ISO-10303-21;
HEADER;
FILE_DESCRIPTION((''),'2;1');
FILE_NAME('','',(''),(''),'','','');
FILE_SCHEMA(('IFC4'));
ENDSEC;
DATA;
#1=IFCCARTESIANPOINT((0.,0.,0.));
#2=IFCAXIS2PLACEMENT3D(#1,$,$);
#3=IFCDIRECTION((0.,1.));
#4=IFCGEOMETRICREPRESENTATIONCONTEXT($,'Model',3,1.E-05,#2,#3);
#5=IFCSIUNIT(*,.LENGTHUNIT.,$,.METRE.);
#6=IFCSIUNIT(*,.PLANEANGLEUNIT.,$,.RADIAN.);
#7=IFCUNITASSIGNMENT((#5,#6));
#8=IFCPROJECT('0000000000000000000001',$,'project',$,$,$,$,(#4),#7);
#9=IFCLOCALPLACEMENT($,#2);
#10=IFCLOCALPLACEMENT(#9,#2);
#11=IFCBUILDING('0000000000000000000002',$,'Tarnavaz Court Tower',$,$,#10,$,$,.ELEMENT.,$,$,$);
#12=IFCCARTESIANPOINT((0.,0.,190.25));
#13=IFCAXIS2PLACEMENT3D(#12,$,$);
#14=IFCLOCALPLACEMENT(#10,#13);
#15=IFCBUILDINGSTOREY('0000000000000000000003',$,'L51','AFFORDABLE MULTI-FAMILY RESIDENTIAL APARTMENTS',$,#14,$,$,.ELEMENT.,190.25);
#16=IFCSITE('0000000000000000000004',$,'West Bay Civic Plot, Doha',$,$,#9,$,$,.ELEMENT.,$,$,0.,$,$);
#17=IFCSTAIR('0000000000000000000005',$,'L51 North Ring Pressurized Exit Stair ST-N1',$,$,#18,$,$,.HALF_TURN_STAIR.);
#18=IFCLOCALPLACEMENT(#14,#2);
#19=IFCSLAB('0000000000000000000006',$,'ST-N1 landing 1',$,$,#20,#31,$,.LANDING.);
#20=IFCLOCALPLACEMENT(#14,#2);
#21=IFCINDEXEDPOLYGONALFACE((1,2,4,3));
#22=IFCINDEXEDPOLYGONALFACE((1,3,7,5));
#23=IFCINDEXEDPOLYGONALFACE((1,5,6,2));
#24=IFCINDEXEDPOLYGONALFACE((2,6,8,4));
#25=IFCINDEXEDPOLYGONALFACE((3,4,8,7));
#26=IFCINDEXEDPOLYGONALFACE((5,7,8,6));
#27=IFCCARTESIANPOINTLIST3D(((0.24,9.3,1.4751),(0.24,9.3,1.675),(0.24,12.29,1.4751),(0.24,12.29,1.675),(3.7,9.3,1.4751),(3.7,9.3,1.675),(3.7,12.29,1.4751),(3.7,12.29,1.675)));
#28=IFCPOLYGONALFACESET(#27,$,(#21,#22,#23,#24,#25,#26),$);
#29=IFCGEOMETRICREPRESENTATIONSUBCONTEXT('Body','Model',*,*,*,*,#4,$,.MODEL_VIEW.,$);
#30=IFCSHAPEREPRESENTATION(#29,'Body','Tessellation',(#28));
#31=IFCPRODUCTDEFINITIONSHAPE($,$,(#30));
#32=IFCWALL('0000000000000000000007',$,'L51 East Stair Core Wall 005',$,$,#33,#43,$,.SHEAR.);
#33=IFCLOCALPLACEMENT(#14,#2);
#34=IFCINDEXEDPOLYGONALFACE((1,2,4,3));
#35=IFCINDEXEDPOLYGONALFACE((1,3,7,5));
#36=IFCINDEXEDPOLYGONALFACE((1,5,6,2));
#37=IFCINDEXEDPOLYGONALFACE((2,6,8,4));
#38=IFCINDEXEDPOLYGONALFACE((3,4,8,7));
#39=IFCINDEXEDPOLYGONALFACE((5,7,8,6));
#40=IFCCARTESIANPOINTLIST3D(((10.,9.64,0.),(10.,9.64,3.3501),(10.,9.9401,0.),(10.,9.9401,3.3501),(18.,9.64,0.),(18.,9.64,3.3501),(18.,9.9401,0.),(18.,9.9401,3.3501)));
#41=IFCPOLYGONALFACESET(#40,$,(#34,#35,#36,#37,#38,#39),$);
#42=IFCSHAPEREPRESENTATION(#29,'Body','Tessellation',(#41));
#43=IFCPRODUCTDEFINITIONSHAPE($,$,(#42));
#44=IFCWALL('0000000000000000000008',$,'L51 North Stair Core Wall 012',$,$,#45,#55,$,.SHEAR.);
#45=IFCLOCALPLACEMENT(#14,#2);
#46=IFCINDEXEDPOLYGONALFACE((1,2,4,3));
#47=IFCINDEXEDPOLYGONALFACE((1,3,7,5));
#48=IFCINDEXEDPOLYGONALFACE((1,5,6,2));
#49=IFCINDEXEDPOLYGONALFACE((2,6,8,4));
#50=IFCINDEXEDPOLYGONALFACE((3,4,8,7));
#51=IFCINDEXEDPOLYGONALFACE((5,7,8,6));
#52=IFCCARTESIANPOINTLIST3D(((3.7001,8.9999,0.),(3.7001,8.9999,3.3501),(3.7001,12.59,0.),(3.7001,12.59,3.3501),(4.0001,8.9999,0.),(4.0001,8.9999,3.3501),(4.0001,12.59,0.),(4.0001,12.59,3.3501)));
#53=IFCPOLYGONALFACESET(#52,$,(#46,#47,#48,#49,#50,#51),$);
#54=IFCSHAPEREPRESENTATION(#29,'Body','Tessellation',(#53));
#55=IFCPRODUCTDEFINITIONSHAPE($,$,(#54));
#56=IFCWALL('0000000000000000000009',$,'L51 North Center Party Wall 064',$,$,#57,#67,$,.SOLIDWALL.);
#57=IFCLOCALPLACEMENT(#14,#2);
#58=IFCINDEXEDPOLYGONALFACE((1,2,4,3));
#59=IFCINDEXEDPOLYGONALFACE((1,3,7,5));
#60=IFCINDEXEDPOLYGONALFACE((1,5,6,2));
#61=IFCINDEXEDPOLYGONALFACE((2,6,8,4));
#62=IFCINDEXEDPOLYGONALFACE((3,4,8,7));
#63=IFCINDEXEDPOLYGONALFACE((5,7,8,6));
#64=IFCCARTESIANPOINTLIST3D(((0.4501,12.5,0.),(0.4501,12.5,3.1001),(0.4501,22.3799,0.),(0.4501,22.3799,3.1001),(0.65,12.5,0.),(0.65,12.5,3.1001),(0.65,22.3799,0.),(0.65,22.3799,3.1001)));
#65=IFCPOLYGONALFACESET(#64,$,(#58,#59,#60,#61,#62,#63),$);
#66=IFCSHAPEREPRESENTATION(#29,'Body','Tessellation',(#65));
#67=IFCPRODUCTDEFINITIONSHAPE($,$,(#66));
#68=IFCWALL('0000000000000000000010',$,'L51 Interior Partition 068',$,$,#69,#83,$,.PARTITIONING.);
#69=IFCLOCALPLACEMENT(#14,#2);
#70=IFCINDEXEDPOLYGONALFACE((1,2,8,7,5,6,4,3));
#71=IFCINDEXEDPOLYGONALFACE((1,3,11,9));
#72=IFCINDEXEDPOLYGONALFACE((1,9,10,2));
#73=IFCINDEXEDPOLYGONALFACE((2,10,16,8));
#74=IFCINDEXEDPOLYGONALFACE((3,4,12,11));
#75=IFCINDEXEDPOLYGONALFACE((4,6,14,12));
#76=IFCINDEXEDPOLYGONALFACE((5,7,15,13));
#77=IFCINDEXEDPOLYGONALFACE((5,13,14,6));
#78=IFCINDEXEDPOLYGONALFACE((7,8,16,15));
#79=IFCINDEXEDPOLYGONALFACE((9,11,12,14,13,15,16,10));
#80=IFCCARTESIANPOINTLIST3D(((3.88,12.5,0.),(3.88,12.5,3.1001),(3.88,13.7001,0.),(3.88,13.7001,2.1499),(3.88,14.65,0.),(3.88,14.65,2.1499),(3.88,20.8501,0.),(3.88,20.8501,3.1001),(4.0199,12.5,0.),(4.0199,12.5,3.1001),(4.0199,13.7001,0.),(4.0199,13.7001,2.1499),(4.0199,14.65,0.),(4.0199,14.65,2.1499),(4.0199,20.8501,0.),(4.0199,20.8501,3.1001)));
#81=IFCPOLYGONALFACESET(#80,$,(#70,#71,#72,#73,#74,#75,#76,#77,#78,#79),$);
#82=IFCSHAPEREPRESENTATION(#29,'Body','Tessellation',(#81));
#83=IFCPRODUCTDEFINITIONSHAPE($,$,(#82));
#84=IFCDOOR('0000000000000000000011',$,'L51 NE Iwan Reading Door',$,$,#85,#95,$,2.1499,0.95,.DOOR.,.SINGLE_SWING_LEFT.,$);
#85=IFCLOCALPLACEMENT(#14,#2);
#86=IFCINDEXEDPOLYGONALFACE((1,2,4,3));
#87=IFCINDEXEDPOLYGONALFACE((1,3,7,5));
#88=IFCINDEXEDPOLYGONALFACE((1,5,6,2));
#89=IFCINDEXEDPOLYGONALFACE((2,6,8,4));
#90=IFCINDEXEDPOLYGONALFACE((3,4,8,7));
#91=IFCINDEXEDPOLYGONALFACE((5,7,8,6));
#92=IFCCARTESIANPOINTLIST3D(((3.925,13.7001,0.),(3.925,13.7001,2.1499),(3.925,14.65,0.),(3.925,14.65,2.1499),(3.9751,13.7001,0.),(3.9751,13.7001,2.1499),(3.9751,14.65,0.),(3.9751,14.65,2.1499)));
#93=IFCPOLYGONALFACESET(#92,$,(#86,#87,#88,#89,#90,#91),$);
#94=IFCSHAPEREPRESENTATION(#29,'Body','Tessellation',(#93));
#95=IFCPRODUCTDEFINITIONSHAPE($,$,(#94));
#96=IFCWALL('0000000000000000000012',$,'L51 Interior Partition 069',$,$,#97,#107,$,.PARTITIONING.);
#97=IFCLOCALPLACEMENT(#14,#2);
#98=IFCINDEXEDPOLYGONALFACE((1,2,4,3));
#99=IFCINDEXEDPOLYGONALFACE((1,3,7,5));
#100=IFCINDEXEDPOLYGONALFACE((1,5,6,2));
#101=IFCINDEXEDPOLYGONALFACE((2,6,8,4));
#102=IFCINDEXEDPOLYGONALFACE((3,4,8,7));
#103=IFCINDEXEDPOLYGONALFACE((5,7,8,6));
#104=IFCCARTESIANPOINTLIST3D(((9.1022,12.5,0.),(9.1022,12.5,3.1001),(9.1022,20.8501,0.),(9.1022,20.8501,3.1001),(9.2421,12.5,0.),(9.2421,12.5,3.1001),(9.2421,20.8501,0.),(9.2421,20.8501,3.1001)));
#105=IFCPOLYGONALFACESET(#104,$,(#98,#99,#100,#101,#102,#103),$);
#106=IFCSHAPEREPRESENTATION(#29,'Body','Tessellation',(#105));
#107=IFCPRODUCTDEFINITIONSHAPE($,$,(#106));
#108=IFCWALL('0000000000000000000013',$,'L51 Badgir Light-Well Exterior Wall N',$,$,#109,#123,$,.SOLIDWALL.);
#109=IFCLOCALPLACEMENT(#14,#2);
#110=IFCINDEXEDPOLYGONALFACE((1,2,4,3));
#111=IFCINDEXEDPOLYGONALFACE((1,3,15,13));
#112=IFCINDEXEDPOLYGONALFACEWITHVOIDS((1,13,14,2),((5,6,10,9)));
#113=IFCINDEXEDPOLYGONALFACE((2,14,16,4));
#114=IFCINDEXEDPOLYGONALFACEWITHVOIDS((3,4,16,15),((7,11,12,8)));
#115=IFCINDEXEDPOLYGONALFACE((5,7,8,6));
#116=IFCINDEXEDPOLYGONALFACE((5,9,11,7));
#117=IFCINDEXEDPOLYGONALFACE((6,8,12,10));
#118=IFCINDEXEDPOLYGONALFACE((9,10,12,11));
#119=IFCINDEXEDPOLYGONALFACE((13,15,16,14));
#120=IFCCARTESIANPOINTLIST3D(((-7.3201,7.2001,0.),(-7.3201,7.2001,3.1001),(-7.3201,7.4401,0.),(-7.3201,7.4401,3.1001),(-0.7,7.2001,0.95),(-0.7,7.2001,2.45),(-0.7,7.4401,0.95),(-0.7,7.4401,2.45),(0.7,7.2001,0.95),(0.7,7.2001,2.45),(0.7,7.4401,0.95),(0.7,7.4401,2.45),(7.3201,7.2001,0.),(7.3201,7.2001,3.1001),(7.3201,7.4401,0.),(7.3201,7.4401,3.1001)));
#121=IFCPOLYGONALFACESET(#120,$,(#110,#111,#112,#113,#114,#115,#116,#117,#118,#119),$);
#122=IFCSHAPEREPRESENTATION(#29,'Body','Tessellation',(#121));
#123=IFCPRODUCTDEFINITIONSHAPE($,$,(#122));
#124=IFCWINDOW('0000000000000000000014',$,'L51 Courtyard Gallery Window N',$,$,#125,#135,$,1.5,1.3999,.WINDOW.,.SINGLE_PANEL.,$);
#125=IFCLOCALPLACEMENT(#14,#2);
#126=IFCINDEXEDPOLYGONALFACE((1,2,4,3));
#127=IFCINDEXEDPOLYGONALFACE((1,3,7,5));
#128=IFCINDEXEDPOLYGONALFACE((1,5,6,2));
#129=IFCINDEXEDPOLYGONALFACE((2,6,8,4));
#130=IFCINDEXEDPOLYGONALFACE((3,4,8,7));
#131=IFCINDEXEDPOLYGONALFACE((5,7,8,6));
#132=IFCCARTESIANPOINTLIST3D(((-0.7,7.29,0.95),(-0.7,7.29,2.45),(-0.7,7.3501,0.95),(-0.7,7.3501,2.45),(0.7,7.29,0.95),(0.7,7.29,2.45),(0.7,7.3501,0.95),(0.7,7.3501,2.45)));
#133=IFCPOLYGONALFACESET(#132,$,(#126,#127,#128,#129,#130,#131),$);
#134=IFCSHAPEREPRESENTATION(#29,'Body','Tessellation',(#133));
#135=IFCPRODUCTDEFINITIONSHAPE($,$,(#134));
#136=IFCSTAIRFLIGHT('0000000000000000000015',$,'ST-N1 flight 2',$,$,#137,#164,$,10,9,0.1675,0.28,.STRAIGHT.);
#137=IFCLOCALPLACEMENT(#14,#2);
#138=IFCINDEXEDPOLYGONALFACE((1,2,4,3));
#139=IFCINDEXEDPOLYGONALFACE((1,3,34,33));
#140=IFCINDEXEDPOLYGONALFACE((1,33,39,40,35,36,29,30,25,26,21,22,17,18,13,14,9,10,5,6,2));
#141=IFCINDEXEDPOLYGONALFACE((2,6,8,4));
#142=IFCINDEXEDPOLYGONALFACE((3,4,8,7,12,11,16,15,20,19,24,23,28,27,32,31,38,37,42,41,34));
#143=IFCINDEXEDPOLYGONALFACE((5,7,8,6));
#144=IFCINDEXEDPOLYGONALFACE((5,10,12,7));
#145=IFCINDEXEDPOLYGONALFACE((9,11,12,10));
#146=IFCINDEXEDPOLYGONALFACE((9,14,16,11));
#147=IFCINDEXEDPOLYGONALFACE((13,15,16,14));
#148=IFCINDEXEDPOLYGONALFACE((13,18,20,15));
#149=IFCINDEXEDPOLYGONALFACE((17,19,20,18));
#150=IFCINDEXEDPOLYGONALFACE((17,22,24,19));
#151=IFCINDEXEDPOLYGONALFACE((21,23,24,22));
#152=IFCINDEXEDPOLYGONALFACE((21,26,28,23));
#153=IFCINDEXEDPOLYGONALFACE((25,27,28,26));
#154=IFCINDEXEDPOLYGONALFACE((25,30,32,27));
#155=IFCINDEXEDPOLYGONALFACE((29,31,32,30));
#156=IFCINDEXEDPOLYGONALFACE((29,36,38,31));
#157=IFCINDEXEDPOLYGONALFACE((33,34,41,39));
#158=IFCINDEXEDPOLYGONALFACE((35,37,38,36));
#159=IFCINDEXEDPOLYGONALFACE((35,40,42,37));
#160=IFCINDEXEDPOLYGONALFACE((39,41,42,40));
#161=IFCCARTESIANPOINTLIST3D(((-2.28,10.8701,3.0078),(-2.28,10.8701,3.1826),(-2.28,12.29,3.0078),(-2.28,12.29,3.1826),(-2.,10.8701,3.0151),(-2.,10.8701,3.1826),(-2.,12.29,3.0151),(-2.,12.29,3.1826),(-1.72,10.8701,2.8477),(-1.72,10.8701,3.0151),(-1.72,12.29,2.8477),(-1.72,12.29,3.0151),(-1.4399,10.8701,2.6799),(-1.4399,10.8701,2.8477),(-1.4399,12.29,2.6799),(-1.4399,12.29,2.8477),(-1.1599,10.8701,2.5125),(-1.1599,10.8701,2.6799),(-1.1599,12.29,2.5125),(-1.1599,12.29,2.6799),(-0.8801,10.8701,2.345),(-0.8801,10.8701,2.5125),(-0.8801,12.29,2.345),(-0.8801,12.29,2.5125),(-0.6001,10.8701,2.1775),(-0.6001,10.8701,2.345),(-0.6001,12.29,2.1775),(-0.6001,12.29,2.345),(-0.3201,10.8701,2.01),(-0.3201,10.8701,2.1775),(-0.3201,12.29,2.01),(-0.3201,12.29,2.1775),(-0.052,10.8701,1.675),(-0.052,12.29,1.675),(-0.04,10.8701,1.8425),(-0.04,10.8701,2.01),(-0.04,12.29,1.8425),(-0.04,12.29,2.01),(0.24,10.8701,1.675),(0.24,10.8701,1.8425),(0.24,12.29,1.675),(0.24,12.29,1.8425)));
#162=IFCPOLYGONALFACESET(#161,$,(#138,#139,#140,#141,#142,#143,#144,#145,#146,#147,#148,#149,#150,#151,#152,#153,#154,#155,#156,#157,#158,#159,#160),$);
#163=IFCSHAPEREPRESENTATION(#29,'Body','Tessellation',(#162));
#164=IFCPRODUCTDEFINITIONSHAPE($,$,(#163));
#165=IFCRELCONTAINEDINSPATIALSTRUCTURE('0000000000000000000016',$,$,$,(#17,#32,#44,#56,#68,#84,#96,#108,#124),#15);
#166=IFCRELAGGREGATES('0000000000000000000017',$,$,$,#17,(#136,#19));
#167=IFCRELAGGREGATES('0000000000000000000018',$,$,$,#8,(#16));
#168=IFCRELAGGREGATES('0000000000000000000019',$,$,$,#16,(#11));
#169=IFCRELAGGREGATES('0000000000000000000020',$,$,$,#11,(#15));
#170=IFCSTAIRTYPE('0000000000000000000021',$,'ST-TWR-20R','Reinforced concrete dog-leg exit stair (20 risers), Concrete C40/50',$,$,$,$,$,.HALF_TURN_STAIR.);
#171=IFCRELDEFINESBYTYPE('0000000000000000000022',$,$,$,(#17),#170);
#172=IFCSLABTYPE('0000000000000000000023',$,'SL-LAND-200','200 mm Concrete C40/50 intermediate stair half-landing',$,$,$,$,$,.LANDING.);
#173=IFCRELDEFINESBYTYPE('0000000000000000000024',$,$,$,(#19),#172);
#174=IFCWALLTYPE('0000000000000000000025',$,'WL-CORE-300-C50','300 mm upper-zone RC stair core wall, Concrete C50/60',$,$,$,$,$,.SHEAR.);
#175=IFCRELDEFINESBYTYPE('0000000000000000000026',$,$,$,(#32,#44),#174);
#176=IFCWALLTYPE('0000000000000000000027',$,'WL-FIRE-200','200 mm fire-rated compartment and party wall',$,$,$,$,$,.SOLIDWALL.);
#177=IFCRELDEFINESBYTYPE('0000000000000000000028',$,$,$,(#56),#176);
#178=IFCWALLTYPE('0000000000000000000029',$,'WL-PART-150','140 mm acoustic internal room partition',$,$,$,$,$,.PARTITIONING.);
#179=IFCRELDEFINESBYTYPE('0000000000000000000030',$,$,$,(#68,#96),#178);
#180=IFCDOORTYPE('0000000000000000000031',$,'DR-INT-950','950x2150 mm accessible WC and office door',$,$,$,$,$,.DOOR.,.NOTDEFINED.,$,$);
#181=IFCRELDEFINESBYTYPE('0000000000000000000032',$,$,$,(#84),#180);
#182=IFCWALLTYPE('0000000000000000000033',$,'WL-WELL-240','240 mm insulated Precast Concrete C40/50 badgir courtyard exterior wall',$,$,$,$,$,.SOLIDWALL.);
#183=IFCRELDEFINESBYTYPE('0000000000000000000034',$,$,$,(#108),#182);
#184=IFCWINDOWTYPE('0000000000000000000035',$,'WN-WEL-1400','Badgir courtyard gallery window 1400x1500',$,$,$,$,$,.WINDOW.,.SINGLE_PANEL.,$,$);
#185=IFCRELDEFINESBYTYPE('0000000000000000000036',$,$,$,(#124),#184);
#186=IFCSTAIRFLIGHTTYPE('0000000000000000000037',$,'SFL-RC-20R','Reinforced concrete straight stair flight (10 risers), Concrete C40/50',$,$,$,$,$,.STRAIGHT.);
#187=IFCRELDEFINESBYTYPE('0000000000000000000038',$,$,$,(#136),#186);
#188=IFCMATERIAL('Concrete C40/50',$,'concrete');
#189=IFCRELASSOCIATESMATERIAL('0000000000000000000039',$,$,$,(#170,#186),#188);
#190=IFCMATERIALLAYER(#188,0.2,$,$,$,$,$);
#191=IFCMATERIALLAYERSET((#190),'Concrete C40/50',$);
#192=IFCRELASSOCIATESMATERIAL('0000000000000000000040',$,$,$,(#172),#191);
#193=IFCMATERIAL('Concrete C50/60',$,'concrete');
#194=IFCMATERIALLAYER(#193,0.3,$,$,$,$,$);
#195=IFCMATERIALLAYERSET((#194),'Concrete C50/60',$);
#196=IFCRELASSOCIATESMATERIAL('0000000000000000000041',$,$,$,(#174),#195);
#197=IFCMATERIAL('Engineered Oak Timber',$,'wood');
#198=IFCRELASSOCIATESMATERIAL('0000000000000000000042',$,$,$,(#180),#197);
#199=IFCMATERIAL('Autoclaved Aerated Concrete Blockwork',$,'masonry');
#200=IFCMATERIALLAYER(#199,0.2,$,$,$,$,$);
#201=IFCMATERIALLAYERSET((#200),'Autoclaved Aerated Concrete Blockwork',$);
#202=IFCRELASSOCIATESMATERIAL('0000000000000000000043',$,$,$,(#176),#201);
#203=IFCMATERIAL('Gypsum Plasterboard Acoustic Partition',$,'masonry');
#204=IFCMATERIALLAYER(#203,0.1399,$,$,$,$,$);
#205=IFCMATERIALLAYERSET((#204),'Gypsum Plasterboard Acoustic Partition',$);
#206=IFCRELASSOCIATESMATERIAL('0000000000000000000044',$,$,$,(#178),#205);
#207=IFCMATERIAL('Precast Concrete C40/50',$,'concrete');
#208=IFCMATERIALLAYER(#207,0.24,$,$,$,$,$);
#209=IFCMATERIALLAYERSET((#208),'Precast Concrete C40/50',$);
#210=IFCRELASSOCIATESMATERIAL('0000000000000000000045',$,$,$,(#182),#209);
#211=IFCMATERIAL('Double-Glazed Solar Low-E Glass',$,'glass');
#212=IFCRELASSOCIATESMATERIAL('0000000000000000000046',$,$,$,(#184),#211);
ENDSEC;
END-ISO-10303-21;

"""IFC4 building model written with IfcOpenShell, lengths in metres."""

from ifc_helpers import new_model, si_unit, direction, frame, frame_2d, origin, place, context, subcontext, project, spatial, polyline, rectangle, outline, extrude, material, layer, layer_set, type_object, element, fill, aggregate, save


model = new_model("IFC4")

# Units and contexts
model_context = context("Model", 3, precision=1e-05, world=origin(), true_north=direction((0.0, 1.0)))
body_context = subcontext(model_context, "Body", "Model", "MODEL_VIEW")
ifc_project = project(units=[si_unit("LENGTHUNIT", "METRE"), si_unit("PLANEANGLEUNIT", "RADIAN")], contexts=[model_context])

# Site, building, storey
site_placement = place(None, origin())
site = spatial("IfcSite", under=ifc_project, at=site_placement, Name="West Bay Civic Plot, Doha", CompositionType="ELEMENT", RefElevation=0.0)
building_placement = place(site_placement, origin())
building = spatial("IfcBuilding", under=site, at=building_placement, Name="Tarnavaz Court Tower", CompositionType="ELEMENT")
storey_placement = place(building_placement, frame((0.0, 0.0, 190.25)))
storey = spatial("IfcBuildingStorey", under=building, at=storey_placement, Name="L51", Description="AFFORDABLE MULTI-FAMILY RESIDENTIAL APARTMENTS", CompositionType="ELEMENT", Elevation=190.25)

# Shared definitions
ifc_material_1 = material(Name="Concrete C50/60", Category="concrete")

# Stair, slab
ifc_material_2 = material(Name="Concrete C40/50", Category="concrete")
stair_type = type_object("IfcStairType", Name="ST-TWR-20R", Description="Reinforced concrete dog-leg exit stair (20 risers), Concrete C40/50", PredefinedType="HALF_TURN_STAIR", material=ifc_material_2)
ifc_layer_1 = layer(ifc_material_2, 0.2)
ifc_layer_set_1 = layer_set([ifc_layer_1], Name="Concrete C40/50")
slab_type = type_object("IfcSlabType", Name="SL-LAND-200", Description="200 mm Concrete C40/50 intermediate stair half-landing", PredefinedType="LANDING", material=ifc_layer_set_1)
stair_1_placement = place(storey_placement, origin())
stair_1 = element("IfcStair", 1, at=stair_1_placement, inside=storey, type_object=stair_type, Name="L51 North Ring Pressurized Exit Stair ST-N1", PredefinedType="HALF_TURN_STAIR")
slab_1_placement = place(storey_placement, frame((0.0, 0.0, 1.4751)))
slab_1 = element("IfcSlab", 2, at=slab_1_placement, type_object=slab_type, Name="ST-N1 landing 1", PredefinedType="LANDING", context=body_context, shape_type="SweptSolid", body=[
    extrude(outline(polyline([(0.24, 9.3), (3.7, 9.3), (3.7, 12.29), (0.24, 12.29), (0.24, 9.3)])), origin(), (0.0, 0.0, 1.0), 0.2),
])

# Wall
ifc_layer_2 = layer(ifc_material_1, 0.3)
ifc_layer_set_2 = layer_set([ifc_layer_2], Name="Concrete C50/60")
wall_type_1 = type_object("IfcWallType", Name="WL-CORE-300-C50", Description="300 mm upper-zone RC stair core wall, Concrete C50/60", PredefinedType="SHEAR", material=ifc_layer_set_2)
wall_1_placement = place(storey_placement, frame((10.0, 9.79, 0.0), z_axis=(0.0, 0.0, 1.0), x_axis=(1.0, 0.0, 0.0)))
element("IfcWall", 3, at=wall_1_placement, inside=storey, type_object=wall_type_1, Name="L51 East Stair Core Wall 005", PredefinedType="SHEAR", context=body_context, shape_type="SweptSolid", body=[
    extrude(rectangle(XDim=8.0, YDim=0.3, at=frame_2d((4.0, 0.0))), origin(), (0.0, 0.0, 1.0), 3.3501),
])

# Wall
wall_2_placement = place(storey_placement, frame((3.8501, 9.0, 0.0), z_axis=(0.0, 0.0, 1.0), x_axis=(0.0, 1.0, 0.0)))
element("IfcWall", 4, at=wall_2_placement, inside=storey, type_object=wall_type_1, Name="L51 North Stair Core Wall 012", PredefinedType="SHEAR", context=body_context, shape_type="SweptSolid", body=[
    extrude(rectangle(XDim=3.5901, YDim=0.3, at=frame_2d((1.7949, 0.0))), origin(), (0.0, 0.0, 1.0), 3.3501),
])

# Shared definitions
ifc_material_3 = material(Name="Engineered Oak Timber", Category="wood")
door_type_1 = type_object("IfcDoorType", Name="DR-INT-950", Description="950x2150 mm accessible WC and office door", OperationType="NOTDEFINED", PredefinedType="DOOR", material=ifc_material_3)

# Wall
ifc_material_4 = material(Name="Autoclaved Aerated Concrete Blockwork", Category="masonry")
ifc_layer_3 = layer(ifc_material_4, 0.2)
ifc_layer_set_3 = layer_set([ifc_layer_3], Name="Autoclaved Aerated Concrete Blockwork")
wall_type_2 = type_object("IfcWallType", Name="WL-FIRE-200", Description="200 mm fire-rated compartment and party wall", PredefinedType="SOLIDWALL", material=ifc_layer_set_3)
wall_3_placement = place(storey_placement, frame((0.55, 12.5, 0.0), z_axis=(0.0, 0.0, 1.0), x_axis=(0.0, 1.0, 0.0)))
element("IfcWall", 5, at=wall_3_placement, inside=storey, type_object=wall_type_2, Name="L51 North Center Party Wall 064", PredefinedType="SOLIDWALL", context=body_context, shape_type="SweptSolid", body=[
    extrude(rectangle(XDim=9.8799, YDim=0.2, at=frame_2d((4.9399, 0.0))), origin(), (0.0, 0.0, 1.0), 3.1001),
])

# Wall, opening, door
ifc_material_5 = material(Name="Gypsum Plasterboard Acoustic Partition", Category="masonry")
ifc_layer_4 = layer(ifc_material_5, 0.1399)
ifc_layer_set_4 = layer_set([ifc_layer_4], Name="Gypsum Plasterboard Acoustic Partition")
wall_type_3 = type_object("IfcWallType", Name="WL-PART-150", Description="140 mm acoustic internal room partition", PredefinedType="PARTITIONING", material=ifc_layer_set_4)
wall_4_placement = place(storey_placement, frame((3.95, 12.5, 0.0), z_axis=(0.0, 0.0, 1.0), x_axis=(0.0, 1.0, 0.0)))
wall_4 = element("IfcWall", 6, at=wall_4_placement, inside=storey, type_object=wall_type_3, Name="L51 Interior Partition 068", PredefinedType="PARTITIONING", context=body_context, shape_type="SweptSolid", body=[
    extrude(rectangle(XDim=8.3501, YDim=0.1399, at=frame_2d((4.175, 0.0))), origin(), (0.0, 0.0, 1.0), 3.1001),
])
opening_1_placement = place(wall_4_placement, frame((1.2, 0.0, 0.0)))
opening_1 = element("IfcOpeningElement", 7, at=opening_1_placement, cuts=wall_4, PredefinedType="OPENING", context=body_context, shape_type="SweptSolid", body=[
    extrude(rectangle(XDim=0.95, YDim=2.1499, at=frame_2d((0.4751, 1.075))), frame((0.0, 0.0798, 0.0), z_axis=(0.0, -1.0, 0.0), x_axis=(1.0, 0.0, 0.0)), (0.0, 0.0, 1.0), 0.1599),
])
door_1_placement = place(opening_1_placement, origin())
door_1 = element("IfcDoor", 8, at=door_1_placement, inside=storey, type_object=door_type_1, Name="L51 NE Iwan Reading Door", OperationType="SINGLE_SWING_LEFT", OverallHeight=2.1499, OverallWidth=0.95, PredefinedType="DOOR", context=body_context, shape_type="SweptSolid", body=[
    extrude(rectangle(XDim=0.95, YDim=2.1499, at=frame_2d((0.4751, 1.075))), frame((0.0, 0.0249, 0.0), z_axis=(0.0, -1.0, 0.0), x_axis=(1.0, 0.0, 0.0)), (0.0, 0.0, 1.0), 0.05),
])
fill(opening_1, door_1)

# Wall
wall_5_placement = place(storey_placement, frame((9.1721, 12.5, 0.0), z_axis=(0.0, 0.0, 1.0), x_axis=(0.0, 1.0, 0.0)))
element("IfcWall", 9, at=wall_5_placement, inside=storey, type_object=wall_type_3, Name="L51 Interior Partition 069", PredefinedType="PARTITIONING", context=body_context, shape_type="SweptSolid", body=[
    extrude(rectangle(XDim=8.3501, YDim=0.1399, at=frame_2d((4.175, 0.0))), origin(), (0.0, 0.0, 1.0), 3.1001),
])

# Wall, opening, window
ifc_material_6 = material(Name="Precast Concrete C40/50", Category="concrete")
ifc_layer_5 = layer(ifc_material_6, 0.24)
ifc_layer_set_5 = layer_set([ifc_layer_5], Name="Precast Concrete C40/50")
wall_type_4 = type_object("IfcWallType", Name="WL-WELL-240", Description="240 mm insulated Precast Concrete C40/50 badgir courtyard exterior wall", PredefinedType="SOLIDWALL", material=ifc_layer_set_5)
wall_6_placement = place(storey_placement, frame((7.3201, 7.3201, 0.0), z_axis=(0.0, 0.0, 1.0), x_axis=(-1.0, 0.0, 0.0)))
wall_6 = element("IfcWall", 10, at=wall_6_placement, inside=storey, type_object=wall_type_4, Name="L51 Badgir Light-Well Exterior Wall N", PredefinedType="SOLIDWALL", context=body_context, shape_type="SweptSolid", body=[
    extrude(rectangle(XDim=14.6401, YDim=0.24, at=frame_2d((7.3201, 0.0))), origin(), (0.0, 0.0, 1.0), 3.1001),
])
opening_2_placement = place(wall_6_placement, frame((6.6201, 0.0, 0.95)))
opening_2 = element("IfcOpeningElement", 11, at=opening_2_placement, cuts=wall_6, PredefinedType="OPENING", context=body_context, shape_type="SweptSolid", body=[
    extrude(rectangle(XDim=1.3999, YDim=1.5, at=frame_2d((0.7, 0.75))), frame((0.0, 0.1299, 0.0), z_axis=(0.0, -1.0, 0.0), x_axis=(1.0, 0.0, 0.0)), (0.0, 0.0, 1.0), 0.26),
])
ifc_material_7 = material(Name="Double-Glazed Solar Low-E Glass", Category="glass")
window_type = type_object("IfcWindowType", Name="WN-WEL-1400", Description="Badgir courtyard gallery window 1400x1500", PartitioningType="SINGLE_PANEL", PredefinedType="WINDOW", material=ifc_material_7)
window_placement = place(opening_2_placement, origin())
window = element("IfcWindow", 12, at=window_placement, inside=storey, type_object=window_type, Name="L51 Courtyard Gallery Window N", OverallHeight=1.5, OverallWidth=1.3999, PartitioningType="SINGLE_PANEL", PredefinedType="WINDOW", context=body_context, shape_type="SweptSolid", body=[
    extrude(rectangle(XDim=1.3999, YDim=1.5, at=frame_2d((0.7, 0.75))), frame((0.0, 0.03, 0.0), z_axis=(0.0, -1.0, 0.0), x_axis=(1.0, 0.0, 0.0)), (0.0, 0.0, 1.0), 0.0601),
])
fill(opening_2, window)

# Stair flight
stair_flight_type = type_object("IfcStairFlightType", Name="SFL-RC-20R", Description="Reinforced concrete straight stair flight (10 risers), Concrete C40/50", PredefinedType="STRAIGHT", material=ifc_material_2)
stair_flight_placement = place(storey_placement, frame((0.24, 11.5801, 1.675), z_axis=(0.0, 0.0, 1.0), x_axis=(-1.0, 0.0, 0.0)))
stair_flight = element("IfcStairFlight", 13, at=stair_flight_placement, type_object=stair_flight_type, Name="ST-N1 flight 2", NumberOfRisers=10, NumberOfTreads=9, PredefinedType="STRAIGHT", RiserHeight=0.1675, TreadLength=0.28, context=body_context, shape_type="SweptSolid", body=[
    extrude(outline(polyline([(0.0, 0.0), (0.0, 0.1675), (0.28, 0.1675), (0.28, 0.335), (0.5601, 0.335), (0.5601, 0.5024), (0.8401, 0.5024), (0.8401, 0.6699), (1.1201, 0.6699), (1.1201, 0.8374), (1.3999, 0.8374), (1.3999, 1.0049), (1.6799, 1.0049), (1.6799, 1.1726), (1.96, 1.1726), (1.96, 1.3401), (2.24, 1.3401), (2.24, 1.5076), (2.52, 1.5076), (2.52, 1.675), (2.52, 1.3328), (0.292, 0.0), (0.0, 0.0)])), frame((0.0, 0.71, 0.0), z_axis=(0.0, -1.0, 0.0), x_axis=(1.0, 0.0, 0.0)), (0.0, 0.0, 1.0), 1.4199),
])
aggregate(stair_1, [stair_flight, slab_1])

save(model, "model.ifc")
